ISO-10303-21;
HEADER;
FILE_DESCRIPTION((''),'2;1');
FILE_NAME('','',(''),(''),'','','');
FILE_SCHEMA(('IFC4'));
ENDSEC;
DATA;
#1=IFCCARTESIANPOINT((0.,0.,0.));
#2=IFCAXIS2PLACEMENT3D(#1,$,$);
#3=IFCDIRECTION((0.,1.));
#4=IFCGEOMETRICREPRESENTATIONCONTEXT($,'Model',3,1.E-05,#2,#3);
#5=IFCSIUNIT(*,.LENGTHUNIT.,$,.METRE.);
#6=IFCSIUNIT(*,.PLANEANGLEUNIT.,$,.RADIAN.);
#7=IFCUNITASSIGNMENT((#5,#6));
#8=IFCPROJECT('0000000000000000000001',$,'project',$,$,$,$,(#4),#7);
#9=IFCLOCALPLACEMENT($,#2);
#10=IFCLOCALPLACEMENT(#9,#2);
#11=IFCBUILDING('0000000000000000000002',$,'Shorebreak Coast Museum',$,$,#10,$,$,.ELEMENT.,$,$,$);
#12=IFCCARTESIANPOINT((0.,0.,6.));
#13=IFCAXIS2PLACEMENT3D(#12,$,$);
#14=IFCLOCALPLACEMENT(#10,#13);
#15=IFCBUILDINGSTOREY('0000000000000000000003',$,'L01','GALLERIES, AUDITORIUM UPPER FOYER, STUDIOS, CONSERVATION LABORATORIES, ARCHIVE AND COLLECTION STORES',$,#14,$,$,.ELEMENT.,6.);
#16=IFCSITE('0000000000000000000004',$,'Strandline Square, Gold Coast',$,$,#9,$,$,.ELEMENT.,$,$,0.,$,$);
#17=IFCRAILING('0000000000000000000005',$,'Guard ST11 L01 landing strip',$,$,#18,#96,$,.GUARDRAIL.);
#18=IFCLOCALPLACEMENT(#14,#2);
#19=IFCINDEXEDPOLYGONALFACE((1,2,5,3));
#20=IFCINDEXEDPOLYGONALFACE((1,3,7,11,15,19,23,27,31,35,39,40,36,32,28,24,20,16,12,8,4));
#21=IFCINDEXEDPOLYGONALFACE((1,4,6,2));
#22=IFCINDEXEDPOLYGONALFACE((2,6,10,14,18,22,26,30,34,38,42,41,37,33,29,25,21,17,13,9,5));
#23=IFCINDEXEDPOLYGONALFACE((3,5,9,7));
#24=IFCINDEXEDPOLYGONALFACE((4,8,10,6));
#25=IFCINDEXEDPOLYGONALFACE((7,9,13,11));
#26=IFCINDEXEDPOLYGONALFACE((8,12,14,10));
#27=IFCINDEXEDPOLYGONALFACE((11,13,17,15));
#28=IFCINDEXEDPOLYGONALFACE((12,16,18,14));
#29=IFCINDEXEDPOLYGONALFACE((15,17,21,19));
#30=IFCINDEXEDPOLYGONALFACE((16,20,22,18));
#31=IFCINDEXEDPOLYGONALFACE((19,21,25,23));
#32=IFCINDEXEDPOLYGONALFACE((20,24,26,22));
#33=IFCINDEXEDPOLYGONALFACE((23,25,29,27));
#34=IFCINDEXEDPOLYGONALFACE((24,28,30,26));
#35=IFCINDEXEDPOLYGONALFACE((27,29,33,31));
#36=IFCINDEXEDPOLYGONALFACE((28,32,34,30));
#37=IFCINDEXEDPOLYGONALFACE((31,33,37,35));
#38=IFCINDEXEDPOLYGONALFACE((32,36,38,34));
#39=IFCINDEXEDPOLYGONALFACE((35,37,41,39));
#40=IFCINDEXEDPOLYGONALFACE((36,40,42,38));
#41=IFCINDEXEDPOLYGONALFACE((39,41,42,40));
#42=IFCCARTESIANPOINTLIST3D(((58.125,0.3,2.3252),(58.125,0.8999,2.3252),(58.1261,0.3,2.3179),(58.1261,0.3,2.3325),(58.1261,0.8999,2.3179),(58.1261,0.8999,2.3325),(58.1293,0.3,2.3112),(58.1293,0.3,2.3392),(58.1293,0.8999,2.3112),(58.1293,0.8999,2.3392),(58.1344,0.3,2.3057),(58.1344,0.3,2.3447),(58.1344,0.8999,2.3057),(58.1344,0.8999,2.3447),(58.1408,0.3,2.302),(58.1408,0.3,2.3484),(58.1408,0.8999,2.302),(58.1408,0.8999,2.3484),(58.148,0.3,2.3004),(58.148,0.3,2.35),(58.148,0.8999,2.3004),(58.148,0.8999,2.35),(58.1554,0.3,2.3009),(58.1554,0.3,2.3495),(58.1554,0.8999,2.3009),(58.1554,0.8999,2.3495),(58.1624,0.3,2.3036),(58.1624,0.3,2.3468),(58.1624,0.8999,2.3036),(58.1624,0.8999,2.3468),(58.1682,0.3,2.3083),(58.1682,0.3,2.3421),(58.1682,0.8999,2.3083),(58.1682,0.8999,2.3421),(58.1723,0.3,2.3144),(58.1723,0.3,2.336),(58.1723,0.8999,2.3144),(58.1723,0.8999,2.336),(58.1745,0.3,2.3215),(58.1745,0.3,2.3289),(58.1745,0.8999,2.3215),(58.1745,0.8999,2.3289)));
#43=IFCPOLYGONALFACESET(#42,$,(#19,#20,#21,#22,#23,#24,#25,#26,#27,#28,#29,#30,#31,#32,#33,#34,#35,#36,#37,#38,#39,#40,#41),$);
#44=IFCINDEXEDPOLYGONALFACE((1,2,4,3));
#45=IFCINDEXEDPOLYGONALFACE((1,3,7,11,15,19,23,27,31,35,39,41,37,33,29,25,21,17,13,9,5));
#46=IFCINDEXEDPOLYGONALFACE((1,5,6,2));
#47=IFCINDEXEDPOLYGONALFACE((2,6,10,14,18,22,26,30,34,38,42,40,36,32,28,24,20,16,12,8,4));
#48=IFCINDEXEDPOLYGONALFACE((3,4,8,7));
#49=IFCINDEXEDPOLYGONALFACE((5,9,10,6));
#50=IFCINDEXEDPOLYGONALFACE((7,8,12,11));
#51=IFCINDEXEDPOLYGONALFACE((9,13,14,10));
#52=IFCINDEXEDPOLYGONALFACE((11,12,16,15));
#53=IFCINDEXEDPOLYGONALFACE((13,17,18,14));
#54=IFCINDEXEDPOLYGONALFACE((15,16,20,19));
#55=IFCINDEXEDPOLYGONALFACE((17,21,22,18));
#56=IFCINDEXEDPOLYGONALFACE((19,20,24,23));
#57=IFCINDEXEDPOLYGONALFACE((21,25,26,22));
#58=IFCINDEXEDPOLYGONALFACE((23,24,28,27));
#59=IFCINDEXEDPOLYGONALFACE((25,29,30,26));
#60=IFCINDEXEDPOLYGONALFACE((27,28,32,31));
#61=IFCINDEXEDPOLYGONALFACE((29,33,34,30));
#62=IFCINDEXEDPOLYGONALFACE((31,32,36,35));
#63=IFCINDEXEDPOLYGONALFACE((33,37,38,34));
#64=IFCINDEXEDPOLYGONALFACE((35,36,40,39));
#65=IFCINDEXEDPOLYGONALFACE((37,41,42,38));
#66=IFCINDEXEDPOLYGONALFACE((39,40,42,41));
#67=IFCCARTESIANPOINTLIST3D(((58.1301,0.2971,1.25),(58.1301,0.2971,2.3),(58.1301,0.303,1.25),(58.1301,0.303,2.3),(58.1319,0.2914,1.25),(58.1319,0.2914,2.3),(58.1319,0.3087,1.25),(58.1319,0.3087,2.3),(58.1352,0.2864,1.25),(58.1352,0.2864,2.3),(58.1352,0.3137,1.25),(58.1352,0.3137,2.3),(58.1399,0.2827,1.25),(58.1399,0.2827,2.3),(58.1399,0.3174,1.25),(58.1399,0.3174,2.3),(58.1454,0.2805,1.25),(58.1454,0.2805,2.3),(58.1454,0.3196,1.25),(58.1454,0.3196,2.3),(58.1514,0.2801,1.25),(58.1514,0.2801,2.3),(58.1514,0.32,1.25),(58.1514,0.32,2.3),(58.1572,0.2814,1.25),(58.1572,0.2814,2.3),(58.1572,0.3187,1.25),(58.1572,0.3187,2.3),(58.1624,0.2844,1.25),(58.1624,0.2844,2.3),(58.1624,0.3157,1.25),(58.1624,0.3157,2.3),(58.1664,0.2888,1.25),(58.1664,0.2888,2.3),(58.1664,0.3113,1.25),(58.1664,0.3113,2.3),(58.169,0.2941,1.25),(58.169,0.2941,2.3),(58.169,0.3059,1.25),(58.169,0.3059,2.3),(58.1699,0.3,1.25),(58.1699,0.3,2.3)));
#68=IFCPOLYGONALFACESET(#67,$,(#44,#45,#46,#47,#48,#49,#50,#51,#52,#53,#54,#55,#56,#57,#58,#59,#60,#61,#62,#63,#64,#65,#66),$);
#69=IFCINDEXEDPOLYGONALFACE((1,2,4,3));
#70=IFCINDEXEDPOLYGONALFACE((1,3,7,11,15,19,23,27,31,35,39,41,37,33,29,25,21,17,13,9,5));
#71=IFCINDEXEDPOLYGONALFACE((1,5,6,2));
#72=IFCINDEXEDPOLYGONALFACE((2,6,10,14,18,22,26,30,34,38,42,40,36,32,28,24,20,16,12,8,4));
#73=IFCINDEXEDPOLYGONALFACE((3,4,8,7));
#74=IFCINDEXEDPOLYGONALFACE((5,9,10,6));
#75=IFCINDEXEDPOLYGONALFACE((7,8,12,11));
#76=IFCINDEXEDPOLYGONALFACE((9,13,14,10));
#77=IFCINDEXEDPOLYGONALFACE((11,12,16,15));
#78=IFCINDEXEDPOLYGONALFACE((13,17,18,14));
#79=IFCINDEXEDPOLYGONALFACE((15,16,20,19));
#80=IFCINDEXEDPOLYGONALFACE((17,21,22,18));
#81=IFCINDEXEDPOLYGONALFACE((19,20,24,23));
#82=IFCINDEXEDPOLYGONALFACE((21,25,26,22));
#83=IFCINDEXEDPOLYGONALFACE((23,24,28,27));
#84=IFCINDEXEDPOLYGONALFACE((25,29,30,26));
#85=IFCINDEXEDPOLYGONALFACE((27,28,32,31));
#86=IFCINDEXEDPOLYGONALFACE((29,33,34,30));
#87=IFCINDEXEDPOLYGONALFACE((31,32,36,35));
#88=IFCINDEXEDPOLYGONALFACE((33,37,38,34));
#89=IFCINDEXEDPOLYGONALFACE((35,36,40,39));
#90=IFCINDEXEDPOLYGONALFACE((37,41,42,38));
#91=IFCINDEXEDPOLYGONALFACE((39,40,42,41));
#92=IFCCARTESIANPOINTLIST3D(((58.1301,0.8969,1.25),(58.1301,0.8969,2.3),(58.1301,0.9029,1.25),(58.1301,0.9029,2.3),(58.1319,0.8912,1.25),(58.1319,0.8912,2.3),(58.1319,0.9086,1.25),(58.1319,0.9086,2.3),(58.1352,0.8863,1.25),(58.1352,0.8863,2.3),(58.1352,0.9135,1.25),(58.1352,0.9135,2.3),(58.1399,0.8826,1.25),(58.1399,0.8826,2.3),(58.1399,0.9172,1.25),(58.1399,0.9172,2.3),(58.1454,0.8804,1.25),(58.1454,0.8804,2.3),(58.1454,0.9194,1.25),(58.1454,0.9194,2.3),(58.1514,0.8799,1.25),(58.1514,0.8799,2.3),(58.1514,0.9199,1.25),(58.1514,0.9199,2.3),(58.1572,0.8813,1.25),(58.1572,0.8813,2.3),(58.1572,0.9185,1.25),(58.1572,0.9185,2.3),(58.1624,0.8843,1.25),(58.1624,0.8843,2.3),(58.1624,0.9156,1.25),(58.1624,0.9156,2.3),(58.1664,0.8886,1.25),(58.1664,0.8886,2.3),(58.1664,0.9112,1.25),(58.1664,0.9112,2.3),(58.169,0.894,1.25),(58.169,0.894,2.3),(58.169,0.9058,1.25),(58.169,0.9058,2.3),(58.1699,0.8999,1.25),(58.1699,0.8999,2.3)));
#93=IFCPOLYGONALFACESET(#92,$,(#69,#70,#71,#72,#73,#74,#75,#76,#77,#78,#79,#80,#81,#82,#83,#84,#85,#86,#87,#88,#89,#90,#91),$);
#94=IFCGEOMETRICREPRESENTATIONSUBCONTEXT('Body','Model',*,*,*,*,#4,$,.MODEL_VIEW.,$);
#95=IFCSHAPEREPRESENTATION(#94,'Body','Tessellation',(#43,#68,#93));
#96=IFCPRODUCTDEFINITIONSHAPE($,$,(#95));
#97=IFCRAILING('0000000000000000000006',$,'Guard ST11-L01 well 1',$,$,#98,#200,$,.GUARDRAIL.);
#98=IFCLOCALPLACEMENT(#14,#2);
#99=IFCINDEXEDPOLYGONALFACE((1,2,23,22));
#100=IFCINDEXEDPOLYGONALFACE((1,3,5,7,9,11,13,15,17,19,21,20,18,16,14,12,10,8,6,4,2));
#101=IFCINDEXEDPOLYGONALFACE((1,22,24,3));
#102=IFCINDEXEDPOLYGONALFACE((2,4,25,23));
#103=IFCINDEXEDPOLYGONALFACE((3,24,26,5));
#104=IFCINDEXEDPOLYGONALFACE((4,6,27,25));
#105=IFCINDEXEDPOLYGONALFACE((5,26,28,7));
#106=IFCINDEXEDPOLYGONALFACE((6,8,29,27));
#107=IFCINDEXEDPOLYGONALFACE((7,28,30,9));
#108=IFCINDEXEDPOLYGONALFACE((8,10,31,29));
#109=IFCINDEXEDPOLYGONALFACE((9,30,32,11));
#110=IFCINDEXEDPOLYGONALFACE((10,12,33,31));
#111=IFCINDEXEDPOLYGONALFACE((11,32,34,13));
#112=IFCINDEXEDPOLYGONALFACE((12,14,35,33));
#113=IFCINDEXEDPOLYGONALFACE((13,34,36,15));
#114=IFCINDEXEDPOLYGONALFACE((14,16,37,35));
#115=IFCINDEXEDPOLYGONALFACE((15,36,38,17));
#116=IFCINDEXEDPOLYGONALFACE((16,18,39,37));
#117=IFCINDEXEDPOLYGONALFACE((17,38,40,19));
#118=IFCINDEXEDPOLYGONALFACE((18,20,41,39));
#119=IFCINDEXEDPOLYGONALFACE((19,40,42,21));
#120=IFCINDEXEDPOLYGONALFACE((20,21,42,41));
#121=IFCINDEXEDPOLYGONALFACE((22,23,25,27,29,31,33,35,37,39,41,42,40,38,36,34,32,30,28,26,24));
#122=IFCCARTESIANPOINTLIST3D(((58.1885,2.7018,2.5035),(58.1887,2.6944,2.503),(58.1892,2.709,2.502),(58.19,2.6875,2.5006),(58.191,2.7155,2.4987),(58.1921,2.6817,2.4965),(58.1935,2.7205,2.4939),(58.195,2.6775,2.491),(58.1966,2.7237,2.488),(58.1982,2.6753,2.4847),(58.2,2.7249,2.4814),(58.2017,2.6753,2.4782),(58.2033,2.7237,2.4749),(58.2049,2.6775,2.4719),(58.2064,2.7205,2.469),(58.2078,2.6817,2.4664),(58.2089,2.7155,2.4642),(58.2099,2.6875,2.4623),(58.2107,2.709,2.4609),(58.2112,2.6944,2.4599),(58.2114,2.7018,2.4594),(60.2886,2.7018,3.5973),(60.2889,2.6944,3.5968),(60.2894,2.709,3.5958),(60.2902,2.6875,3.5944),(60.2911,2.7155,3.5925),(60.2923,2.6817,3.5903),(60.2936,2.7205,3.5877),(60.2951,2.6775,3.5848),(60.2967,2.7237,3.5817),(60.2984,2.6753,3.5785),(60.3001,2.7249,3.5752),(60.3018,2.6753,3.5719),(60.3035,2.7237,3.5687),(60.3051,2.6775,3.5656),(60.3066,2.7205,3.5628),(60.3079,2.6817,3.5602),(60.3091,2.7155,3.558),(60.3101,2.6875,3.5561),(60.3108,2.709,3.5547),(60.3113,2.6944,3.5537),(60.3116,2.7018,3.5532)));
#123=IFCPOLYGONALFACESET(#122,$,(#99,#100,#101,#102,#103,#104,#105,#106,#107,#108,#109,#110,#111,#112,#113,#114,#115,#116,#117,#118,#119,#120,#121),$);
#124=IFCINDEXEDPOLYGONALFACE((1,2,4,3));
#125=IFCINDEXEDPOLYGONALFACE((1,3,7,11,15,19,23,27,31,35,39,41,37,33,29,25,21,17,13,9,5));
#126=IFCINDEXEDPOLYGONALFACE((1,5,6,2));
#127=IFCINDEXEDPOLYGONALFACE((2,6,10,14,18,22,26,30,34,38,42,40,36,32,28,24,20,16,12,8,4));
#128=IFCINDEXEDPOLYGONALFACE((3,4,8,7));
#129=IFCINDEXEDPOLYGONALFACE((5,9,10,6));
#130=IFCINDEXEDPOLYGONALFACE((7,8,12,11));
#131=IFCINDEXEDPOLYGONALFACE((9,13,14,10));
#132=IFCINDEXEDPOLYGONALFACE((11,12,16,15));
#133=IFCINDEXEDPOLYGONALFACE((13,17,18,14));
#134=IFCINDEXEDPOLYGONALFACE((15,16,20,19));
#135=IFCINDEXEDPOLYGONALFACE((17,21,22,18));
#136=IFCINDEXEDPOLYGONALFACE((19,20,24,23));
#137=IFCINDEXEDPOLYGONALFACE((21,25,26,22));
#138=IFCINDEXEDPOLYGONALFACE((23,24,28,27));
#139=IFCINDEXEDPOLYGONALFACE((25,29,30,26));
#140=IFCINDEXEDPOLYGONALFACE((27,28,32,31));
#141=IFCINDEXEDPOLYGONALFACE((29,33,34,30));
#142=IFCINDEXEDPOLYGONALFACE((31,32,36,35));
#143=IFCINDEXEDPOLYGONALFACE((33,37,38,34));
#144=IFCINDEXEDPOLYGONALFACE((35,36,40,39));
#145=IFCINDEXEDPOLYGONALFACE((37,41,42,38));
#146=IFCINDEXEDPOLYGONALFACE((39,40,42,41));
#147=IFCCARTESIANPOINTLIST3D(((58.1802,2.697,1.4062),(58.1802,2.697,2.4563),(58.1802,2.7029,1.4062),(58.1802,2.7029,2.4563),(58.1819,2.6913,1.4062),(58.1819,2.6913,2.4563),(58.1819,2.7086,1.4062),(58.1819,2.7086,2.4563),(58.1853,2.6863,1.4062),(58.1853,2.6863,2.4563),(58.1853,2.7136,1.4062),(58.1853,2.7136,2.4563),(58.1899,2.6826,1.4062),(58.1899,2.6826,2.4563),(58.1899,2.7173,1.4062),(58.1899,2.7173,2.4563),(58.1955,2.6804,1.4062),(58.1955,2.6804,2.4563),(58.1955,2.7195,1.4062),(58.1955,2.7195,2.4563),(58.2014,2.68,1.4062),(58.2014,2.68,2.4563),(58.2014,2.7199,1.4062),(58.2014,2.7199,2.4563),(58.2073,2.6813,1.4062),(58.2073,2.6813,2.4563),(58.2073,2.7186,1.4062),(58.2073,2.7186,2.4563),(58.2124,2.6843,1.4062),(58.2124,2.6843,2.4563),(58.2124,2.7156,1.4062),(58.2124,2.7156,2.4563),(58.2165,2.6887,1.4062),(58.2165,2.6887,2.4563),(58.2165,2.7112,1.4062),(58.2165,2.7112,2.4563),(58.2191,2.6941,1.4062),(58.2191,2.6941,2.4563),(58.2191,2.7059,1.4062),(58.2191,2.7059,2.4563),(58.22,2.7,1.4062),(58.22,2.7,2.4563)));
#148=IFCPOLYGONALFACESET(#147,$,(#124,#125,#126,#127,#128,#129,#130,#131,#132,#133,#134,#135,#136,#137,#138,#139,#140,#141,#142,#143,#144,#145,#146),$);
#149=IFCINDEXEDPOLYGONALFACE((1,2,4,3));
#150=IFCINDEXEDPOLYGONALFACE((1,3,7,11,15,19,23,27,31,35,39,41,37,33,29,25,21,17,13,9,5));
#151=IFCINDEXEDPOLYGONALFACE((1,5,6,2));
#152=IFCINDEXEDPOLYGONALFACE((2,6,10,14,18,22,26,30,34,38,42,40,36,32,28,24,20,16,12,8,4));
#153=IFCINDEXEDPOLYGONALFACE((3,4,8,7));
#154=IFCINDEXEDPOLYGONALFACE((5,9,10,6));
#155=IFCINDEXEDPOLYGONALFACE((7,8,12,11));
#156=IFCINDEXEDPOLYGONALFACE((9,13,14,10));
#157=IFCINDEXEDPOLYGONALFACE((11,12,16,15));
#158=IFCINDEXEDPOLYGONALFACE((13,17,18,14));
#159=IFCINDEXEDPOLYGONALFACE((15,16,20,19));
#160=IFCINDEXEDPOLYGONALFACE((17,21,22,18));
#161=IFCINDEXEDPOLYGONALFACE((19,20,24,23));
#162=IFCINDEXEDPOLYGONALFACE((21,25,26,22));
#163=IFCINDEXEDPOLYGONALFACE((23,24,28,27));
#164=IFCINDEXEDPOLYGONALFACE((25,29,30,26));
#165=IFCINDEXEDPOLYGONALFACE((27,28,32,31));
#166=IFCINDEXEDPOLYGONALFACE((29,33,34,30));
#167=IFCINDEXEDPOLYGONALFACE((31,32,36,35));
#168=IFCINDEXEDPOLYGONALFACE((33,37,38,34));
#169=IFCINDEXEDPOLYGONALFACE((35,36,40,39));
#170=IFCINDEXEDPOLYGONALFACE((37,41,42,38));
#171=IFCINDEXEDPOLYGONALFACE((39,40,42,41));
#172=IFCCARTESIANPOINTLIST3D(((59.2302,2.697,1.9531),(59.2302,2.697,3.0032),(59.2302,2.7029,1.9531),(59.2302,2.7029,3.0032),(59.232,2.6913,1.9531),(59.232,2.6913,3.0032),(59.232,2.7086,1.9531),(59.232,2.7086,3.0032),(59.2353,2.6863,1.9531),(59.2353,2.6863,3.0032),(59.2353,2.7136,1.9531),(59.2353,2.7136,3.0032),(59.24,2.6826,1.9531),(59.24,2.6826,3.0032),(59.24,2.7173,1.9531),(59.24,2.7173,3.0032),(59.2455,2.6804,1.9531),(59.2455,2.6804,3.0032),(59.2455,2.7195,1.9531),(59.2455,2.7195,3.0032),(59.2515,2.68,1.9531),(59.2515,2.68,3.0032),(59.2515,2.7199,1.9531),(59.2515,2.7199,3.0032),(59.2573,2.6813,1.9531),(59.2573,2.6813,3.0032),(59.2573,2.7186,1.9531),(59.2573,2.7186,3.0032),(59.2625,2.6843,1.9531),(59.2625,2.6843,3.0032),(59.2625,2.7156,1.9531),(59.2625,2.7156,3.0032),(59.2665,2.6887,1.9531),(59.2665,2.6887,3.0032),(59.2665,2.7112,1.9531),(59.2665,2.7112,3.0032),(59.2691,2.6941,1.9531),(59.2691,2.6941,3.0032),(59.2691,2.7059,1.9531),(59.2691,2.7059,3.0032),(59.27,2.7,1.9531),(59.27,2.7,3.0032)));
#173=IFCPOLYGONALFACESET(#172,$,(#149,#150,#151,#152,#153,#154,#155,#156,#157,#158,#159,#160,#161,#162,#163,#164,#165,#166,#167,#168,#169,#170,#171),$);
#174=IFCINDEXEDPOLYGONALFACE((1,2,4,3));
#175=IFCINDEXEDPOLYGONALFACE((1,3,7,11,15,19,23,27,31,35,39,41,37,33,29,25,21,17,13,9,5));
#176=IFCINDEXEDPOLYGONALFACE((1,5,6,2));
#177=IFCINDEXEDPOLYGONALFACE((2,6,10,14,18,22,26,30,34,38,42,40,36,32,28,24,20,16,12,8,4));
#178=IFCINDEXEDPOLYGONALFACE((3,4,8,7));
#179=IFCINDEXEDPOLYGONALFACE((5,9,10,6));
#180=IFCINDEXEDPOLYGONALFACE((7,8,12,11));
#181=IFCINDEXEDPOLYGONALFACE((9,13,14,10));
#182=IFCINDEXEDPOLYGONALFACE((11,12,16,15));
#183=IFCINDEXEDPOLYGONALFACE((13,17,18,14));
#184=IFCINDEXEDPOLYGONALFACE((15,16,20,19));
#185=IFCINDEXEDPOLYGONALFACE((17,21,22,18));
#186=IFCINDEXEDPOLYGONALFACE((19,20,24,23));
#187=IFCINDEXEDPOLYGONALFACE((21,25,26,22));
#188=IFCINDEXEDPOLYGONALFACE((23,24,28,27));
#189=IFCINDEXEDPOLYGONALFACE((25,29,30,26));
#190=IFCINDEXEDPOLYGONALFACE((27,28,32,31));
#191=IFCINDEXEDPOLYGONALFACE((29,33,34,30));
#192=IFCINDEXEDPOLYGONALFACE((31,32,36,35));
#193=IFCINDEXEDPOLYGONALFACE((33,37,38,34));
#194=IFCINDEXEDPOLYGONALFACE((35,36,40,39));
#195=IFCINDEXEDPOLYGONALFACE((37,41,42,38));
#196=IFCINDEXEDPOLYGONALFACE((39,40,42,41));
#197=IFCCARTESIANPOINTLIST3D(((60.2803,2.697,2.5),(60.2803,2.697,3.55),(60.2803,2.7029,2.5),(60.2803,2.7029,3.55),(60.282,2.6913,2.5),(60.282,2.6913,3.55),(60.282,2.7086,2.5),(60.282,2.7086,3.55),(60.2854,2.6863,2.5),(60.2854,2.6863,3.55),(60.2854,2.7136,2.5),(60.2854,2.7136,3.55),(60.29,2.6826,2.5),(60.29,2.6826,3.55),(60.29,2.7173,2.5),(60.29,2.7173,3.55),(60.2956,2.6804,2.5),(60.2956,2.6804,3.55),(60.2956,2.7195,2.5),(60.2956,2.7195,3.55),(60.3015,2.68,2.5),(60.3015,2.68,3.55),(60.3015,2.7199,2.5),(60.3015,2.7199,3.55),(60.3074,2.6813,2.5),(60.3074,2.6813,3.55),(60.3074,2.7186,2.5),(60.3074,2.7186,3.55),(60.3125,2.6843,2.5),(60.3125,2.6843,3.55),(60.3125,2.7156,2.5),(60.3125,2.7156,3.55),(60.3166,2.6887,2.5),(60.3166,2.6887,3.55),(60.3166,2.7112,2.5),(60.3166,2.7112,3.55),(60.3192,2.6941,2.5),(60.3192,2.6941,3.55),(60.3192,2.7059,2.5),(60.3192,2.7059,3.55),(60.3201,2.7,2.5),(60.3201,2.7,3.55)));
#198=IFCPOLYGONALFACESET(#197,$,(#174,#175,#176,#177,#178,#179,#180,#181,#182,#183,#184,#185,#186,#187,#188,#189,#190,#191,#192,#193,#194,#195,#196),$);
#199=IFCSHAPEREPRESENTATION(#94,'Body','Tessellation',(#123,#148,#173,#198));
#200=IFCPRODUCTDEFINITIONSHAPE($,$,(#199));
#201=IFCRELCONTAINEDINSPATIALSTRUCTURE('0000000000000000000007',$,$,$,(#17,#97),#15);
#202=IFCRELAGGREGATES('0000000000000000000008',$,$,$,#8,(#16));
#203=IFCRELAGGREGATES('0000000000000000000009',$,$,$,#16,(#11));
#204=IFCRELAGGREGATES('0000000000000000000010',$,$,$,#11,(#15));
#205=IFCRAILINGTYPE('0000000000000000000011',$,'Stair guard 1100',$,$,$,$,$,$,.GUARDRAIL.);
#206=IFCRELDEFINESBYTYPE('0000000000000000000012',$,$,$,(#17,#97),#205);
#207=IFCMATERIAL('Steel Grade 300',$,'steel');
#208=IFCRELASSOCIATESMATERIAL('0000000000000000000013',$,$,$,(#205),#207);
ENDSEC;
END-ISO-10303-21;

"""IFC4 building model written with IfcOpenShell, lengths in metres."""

from ifc_helpers import new_model, si_unit, direction, frame, origin, origin_2d, place, context, subcontext, project, spatial, circle, extrude, material, type_object, element, save


model = new_model("IFC4")

# Units and contexts
model_context = context("Model", 3, precision=1e-05, world=origin(), true_north=direction((0.0, 1.0)))
body_context = subcontext(model_context, "Body", "Model", "MODEL_VIEW")
ifc_project = project(units=[si_unit("LENGTHUNIT", "METRE"), si_unit("PLANEANGLEUNIT", "RADIAN")], contexts=[model_context])

# Site, building, storey
site_placement = place(None, origin())
site = spatial("IfcSite", under=ifc_project, at=site_placement, Name="Strandline Square, Gold Coast", CompositionType="ELEMENT", RefElevation=0.0)
building_placement = place(site_placement, origin())
building = spatial("IfcBuilding", under=site, at=building_placement, Name="Shorebreak Coast Museum", CompositionType="ELEMENT")
storey_placement = place(building_placement, frame((0.0, 0.0, 6.0)))
storey = spatial("IfcBuildingStorey", under=building, at=storey_placement, Name="L01", Description="GALLERIES, AUDITORIUM UPPER FOYER, STUDIOS, CONSERVATION LABORATORIES, ARCHIVE AND COLLECTION STORES", CompositionType="ELEMENT", Elevation=6.0)

# Railings
ifc_material_1 = material(Name="Steel Grade 300", Category="steel")
railing_type_1 = type_object("IfcRailingType", Name="Stair guard 1100", PredefinedType="GUARDRAIL", material=ifc_material_1)
railing_placement = place(storey_placement, frame((58.1499, 0.3, 1.25)))
element("IfcRailing", 1, at=railing_placement, inside=storey, type_object=railing_type_1, Name="Guard ST11 L01 landing strip", PredefinedType="GUARDRAIL", context=body_context, shape_type="SweptSolid", body=[
    extrude(circle(Radius=0.0249, at=origin_2d()), frame((0.0, 0.0, 1.0752), z_axis=(0.0, 1.0, 0.0), x_axis=(-1.0, 0.0, 0.0)), (0.0, 0.0, 1.0), 0.5999),
    extrude(circle(Radius=0.02, at=origin_2d()), origin(), (0.0, 0.0, 1.0), 1.05),
    extrude(circle(Radius=0.02, at=origin_2d()), frame((0.0, 0.5999, 0.0)), (0.0, 0.0, 1.0), 1.05),
])
for number, where, name in (
    (2, (58.2, 2.7, 1.4062), "Guard ST11-L01 well 1"),
):
    element("IfcRailing", number, at=place(storey_placement, frame(where)), inside=storey, type_object=railing_type_1, Name=name, PredefinedType="GUARDRAIL", context=body_context, shape_type="SweptSolid", body=[
        extrude(circle(Radius=0.0249, at=origin_2d()), frame((0.0, 0.0, 1.0752), z_axis=(0.886923, 0.0, 0.461918), x_axis=(0.0, 1.0, 0.0)), (0.0, 0.0, 1.0), 2.3679),
        extrude(circle(Radius=0.02, at=origin_2d()), origin(), (0.0, 0.0, 1.0), 1.05),
        extrude(circle(Radius=0.02, at=origin_2d()), frame((1.05, 0.0, 0.5469)), (0.0, 0.0, 1.0), 1.05),
        extrude(circle(Radius=0.02, at=origin_2d()), frame((2.1001, 0.0, 1.0938)), (0.0, 0.0, 1.0), 1.05),
    ])

save(model, "model.ifc")
